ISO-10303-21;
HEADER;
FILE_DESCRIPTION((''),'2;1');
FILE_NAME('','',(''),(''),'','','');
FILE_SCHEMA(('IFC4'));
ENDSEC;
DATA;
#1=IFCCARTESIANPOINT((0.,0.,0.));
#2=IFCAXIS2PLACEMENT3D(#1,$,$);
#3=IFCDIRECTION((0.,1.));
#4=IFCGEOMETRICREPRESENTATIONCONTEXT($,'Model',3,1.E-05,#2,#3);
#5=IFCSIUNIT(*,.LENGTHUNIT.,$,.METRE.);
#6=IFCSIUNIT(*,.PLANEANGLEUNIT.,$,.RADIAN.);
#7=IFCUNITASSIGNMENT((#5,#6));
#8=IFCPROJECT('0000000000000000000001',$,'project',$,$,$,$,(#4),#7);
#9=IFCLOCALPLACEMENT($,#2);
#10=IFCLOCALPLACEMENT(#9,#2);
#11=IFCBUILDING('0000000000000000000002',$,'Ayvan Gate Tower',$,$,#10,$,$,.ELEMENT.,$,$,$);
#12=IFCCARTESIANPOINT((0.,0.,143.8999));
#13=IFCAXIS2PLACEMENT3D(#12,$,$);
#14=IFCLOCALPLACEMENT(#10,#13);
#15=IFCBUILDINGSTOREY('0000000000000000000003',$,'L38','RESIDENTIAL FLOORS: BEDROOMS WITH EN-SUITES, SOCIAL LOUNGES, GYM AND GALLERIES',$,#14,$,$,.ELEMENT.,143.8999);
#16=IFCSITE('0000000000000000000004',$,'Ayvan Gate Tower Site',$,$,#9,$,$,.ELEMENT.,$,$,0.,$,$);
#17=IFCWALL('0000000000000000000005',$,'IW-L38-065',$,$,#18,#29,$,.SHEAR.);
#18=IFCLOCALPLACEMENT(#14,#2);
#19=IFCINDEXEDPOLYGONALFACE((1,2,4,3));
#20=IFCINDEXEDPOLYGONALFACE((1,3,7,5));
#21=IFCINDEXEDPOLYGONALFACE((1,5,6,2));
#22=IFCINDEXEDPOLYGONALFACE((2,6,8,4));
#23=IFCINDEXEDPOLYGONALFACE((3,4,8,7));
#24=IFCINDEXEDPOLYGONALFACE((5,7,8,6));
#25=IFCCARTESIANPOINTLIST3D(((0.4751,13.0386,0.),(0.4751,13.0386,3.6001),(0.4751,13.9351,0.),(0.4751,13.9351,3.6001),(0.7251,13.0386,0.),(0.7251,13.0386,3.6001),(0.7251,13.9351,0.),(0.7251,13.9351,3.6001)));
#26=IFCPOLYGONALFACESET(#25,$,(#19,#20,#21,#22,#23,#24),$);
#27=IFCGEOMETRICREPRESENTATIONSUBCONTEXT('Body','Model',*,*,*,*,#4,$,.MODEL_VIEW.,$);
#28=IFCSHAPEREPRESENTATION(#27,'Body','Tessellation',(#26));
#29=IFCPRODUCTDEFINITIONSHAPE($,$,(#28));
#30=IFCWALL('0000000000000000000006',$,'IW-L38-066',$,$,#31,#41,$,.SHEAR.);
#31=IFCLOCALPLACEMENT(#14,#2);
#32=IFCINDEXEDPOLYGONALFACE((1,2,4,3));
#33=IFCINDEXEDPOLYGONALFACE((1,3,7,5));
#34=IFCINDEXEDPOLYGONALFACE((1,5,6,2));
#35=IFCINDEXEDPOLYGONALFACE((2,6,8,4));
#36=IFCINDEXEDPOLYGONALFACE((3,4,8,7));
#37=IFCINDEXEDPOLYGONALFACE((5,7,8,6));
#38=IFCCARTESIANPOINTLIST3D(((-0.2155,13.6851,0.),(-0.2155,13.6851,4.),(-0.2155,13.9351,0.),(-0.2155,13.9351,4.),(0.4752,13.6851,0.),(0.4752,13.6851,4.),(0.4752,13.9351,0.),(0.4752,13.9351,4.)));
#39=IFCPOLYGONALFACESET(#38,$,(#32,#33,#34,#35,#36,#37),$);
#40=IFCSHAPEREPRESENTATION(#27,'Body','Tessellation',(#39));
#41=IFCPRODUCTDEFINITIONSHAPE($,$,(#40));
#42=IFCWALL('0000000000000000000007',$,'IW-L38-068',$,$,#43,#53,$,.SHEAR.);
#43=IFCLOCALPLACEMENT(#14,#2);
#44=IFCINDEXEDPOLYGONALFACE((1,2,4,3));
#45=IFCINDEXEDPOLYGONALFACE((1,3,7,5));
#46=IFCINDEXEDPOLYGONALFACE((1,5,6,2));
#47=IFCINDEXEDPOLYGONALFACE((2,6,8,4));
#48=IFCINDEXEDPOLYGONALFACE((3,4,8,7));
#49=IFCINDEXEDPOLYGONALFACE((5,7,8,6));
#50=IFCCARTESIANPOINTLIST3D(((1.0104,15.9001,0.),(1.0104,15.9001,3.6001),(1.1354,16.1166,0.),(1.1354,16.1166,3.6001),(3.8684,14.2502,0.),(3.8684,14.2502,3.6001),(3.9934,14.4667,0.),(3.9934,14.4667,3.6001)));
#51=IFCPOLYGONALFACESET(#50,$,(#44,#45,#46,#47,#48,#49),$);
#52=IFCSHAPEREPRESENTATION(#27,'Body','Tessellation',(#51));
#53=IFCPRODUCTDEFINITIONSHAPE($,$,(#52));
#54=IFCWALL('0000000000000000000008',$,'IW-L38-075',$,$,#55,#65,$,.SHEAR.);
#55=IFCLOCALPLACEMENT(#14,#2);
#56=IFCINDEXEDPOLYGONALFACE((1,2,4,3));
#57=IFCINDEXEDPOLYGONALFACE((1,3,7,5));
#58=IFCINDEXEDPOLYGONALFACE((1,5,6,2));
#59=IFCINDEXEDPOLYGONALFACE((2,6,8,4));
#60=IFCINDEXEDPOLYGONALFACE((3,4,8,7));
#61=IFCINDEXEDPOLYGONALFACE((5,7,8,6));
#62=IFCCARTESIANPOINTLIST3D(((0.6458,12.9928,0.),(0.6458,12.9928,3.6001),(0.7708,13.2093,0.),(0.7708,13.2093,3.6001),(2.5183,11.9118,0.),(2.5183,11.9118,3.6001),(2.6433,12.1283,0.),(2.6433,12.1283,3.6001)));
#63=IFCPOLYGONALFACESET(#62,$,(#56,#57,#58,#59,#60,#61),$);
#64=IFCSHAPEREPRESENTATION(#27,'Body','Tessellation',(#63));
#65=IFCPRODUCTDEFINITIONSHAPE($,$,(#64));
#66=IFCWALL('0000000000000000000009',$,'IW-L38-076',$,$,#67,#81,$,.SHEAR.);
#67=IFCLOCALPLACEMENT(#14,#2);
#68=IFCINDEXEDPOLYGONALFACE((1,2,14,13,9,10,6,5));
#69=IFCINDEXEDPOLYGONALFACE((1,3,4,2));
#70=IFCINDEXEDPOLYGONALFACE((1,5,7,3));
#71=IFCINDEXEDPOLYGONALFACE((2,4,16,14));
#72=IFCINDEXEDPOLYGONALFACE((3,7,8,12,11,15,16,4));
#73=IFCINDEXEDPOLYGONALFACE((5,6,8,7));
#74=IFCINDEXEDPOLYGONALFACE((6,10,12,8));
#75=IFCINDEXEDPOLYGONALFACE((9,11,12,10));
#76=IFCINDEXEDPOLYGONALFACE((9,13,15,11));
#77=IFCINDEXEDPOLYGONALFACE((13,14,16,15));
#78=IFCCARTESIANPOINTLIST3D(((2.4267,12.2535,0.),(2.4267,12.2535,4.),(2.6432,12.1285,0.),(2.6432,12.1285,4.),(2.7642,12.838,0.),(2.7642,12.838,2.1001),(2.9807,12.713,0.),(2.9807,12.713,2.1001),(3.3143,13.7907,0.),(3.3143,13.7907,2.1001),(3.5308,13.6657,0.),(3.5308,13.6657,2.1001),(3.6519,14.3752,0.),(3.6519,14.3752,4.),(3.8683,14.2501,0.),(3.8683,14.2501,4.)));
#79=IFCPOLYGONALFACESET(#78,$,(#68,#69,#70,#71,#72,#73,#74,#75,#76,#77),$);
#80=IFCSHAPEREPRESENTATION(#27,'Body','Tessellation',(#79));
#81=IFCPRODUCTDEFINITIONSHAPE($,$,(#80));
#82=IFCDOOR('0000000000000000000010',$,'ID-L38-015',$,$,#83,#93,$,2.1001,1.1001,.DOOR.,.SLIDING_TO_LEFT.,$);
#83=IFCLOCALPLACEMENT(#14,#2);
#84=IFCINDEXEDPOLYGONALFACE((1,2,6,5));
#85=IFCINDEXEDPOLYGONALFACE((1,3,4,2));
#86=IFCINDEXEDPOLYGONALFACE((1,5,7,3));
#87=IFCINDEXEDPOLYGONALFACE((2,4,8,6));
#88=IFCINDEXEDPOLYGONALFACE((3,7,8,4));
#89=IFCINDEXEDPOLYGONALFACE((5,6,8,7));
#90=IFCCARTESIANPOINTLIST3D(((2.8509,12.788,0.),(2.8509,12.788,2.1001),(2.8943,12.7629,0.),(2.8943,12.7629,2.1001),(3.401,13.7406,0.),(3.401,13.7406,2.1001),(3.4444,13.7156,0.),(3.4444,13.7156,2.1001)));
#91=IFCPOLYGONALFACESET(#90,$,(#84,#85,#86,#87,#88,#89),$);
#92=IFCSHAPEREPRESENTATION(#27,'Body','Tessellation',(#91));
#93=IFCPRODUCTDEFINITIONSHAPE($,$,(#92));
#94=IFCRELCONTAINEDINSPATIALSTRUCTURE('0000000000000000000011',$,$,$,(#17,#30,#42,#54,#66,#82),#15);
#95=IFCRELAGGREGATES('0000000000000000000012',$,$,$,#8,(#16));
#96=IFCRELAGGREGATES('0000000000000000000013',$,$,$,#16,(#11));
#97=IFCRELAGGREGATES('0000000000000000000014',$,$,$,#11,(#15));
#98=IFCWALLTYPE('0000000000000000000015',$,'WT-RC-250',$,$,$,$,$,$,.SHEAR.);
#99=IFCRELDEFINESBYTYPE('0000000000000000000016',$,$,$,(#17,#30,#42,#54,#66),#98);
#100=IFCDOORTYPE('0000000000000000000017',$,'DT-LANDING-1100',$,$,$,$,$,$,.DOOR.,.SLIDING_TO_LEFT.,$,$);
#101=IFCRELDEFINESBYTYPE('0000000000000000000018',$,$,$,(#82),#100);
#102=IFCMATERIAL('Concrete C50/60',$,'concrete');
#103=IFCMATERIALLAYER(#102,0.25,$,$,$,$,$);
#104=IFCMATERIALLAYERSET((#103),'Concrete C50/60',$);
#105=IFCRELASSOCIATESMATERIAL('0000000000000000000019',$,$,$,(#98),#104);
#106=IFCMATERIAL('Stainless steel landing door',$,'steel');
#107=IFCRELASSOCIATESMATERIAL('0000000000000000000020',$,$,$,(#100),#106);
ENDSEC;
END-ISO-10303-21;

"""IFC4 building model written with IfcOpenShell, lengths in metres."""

from ifc_helpers import new_model, si_unit, direction, frame, frame_2d, origin, place, context, subcontext, project, spatial, rectangle, extrude, material, layer, layer_set, type_object, element, fill, save


model = new_model("IFC4")

# Units and contexts
model_context = context("Model", 3, precision=1e-05, world=origin(), true_north=direction((0.0, 1.0)))
body_context = subcontext(model_context, "Body", "Model", "MODEL_VIEW")
ifc_project = project(units=[si_unit("LENGTHUNIT", "METRE"), si_unit("PLANEANGLEUNIT", "RADIAN")], contexts=[model_context])

# Site, building, storey
site_placement = place(None, origin())
site = spatial("IfcSite", under=ifc_project, at=site_placement, Name="Ayvan Gate Tower Site", CompositionType="ELEMENT", RefElevation=0.0)
building_placement = place(site_placement, origin())
building = spatial("IfcBuilding", under=site, at=building_placement, Name="Ayvan Gate Tower", CompositionType="ELEMENT")
storey_placement = place(building_placement, frame((0.0, 0.0, 143.8999)))
storey = spatial("IfcBuildingStorey", under=building, at=storey_placement, Name="L38", Description="RESIDENTIAL FLOORS: BEDROOMS WITH EN-SUITES, SOCIAL LOUNGES, GYM AND GALLERIES", CompositionType="ELEMENT", Elevation=143.8999)

# Walls
ifc_material_1 = material(Name="Concrete C50/60", Category="concrete")
ifc_layer_1 = layer(ifc_material_1, 0.25)
ifc_layer_set_1 = layer_set([ifc_layer_1], Name="Concrete C50/60")
wall_type_1 = type_object("IfcWallType", Name="WT-RC-250", PredefinedType="SHEAR", material=ifc_layer_set_1)
wall_1_placement = place(storey_placement, frame((0.6001, 13.0386, 0.0), z_axis=(0.0, 0.0, 1.0), x_axis=(0.0, 1.0, 0.0)))
element("IfcWall", 1, at=wall_1_placement, inside=storey, type_object=wall_type_1, Name="IW-L38-065", PredefinedType="SHEAR", context=body_context, shape_type="SweptSolid", body=[
    extrude(rectangle(XDim=0.8965, YDim=0.25, at=frame_2d((0.4482, 0.0))), origin(), (0.0, 0.0, 1.0), 3.6001),
])
wall_2_placement = place(storey_placement, frame((0.4751, 13.8101, 0.0), z_axis=(0.0, 0.0, 1.0), x_axis=(-1.0, 0.0, 0.0)))
element("IfcWall", 2, at=wall_2_placement, inside=storey, type_object=wall_type_1, Name="IW-L38-066", PredefinedType="SHEAR", context=body_context, shape_type="SweptSolid", body=[
    extrude(rectangle(XDim=0.6907, YDim=0.25, at=frame_2d((0.3452, 0.0))), origin(), (0.0, 0.0, 1.0), 4.0),
])
wall_3_placement = place(storey_placement, frame((1.073, 16.0083, 0.0), z_axis=(0.0, 0.0, 1.0), x_axis=(0.86604, -0.499974, 0.0)))
element("IfcWall", 3, at=wall_3_placement, inside=storey, type_object=wall_type_1, Name="IW-L38-068", PredefinedType="SHEAR", context=body_context, shape_type="SweptSolid", body=[
    extrude(rectangle(XDim=3.3, YDim=0.25, at=frame_2d((1.6499, 0.0))), origin(), (0.0, 0.0, 1.0), 3.6001),
])
wall_4_placement = place(storey_placement, frame((2.5808, 12.02, 0.0), z_axis=(0.0, 0.0, 1.0), x_axis=(-0.866039, 0.499977, 0.0)))
element("IfcWall", 4, at=wall_4_placement, inside=storey, type_object=wall_type_1, Name="IW-L38-075", PredefinedType="SHEAR", context=body_context, shape_type="SweptSolid", body=[
    extrude(rectangle(XDim=2.1621, YDim=0.25, at=frame_2d((1.0811, 0.0))), origin(), (0.0, 0.0, 1.0), 3.6001),
])

# Wall, opening, door
wall_5_placement = place(storey_placement, frame((2.5349, 12.1909, 0.0), z_axis=(0.0, 0.0, 1.0), x_axis=(0.500062, 0.86599, 0.0)))
wall_5 = element("IfcWall", 5, at=wall_5_placement, inside=storey, type_object=wall_type_1, Name="IW-L38-076", PredefinedType="SHEAR", context=body_context, shape_type="SweptSolid", body=[
    extrude(rectangle(XDim=2.45, YDim=0.25, at=frame_2d((1.2251, 0.0))), origin(), (0.0, 0.0, 1.0), 4.0),
])
opening_1_placement = place(wall_5_placement, frame((0.675, 0.0, 0.0)))
opening_1 = element("IfcOpeningElement", 6, at=opening_1_placement, cuts=wall_5, PredefinedType="OPENING", context=body_context, shape_type="SweptSolid", body=[
    extrude(rectangle(XDim=1.1001, YDim=2.1001, at=frame_2d((0.55, 1.05))), frame((0.0, 0.135, 0.0), z_axis=(0.0, -1.0, 0.0), x_axis=(1.0, 0.0, 0.0)), (0.0, 0.0, 1.0), 0.27),
])
ifc_material_2 = material(Name="Stainless steel landing door", Category="steel")
door_type_1 = type_object("IfcDoorType", Name="DT-LANDING-1100", OperationType="SLIDING_TO_LEFT", PredefinedType="DOOR", material=ifc_material_2)
door_1_placement = place(opening_1_placement, origin())
door_1 = element("IfcDoor", 7, at=door_1_placement, inside=storey, type_object=door_type_1, Name="ID-L38-015", OperationType="SLIDING_TO_LEFT", OverallHeight=2.1001, OverallWidth=1.1001, PredefinedType="DOOR", context=body_context, shape_type="SweptSolid", body=[
    extrude(rectangle(XDim=1.1001, YDim=2.1001, at=frame_2d((0.55, 1.05))), frame((0.0, 0.0249, 0.0), z_axis=(0.0, -1.0, 0.0), x_axis=(1.0, 0.0, 0.0)), (0.0, 0.0, 1.0), 0.05),
])
fill(opening_1, door_1)

save(model, "model.ifc")
